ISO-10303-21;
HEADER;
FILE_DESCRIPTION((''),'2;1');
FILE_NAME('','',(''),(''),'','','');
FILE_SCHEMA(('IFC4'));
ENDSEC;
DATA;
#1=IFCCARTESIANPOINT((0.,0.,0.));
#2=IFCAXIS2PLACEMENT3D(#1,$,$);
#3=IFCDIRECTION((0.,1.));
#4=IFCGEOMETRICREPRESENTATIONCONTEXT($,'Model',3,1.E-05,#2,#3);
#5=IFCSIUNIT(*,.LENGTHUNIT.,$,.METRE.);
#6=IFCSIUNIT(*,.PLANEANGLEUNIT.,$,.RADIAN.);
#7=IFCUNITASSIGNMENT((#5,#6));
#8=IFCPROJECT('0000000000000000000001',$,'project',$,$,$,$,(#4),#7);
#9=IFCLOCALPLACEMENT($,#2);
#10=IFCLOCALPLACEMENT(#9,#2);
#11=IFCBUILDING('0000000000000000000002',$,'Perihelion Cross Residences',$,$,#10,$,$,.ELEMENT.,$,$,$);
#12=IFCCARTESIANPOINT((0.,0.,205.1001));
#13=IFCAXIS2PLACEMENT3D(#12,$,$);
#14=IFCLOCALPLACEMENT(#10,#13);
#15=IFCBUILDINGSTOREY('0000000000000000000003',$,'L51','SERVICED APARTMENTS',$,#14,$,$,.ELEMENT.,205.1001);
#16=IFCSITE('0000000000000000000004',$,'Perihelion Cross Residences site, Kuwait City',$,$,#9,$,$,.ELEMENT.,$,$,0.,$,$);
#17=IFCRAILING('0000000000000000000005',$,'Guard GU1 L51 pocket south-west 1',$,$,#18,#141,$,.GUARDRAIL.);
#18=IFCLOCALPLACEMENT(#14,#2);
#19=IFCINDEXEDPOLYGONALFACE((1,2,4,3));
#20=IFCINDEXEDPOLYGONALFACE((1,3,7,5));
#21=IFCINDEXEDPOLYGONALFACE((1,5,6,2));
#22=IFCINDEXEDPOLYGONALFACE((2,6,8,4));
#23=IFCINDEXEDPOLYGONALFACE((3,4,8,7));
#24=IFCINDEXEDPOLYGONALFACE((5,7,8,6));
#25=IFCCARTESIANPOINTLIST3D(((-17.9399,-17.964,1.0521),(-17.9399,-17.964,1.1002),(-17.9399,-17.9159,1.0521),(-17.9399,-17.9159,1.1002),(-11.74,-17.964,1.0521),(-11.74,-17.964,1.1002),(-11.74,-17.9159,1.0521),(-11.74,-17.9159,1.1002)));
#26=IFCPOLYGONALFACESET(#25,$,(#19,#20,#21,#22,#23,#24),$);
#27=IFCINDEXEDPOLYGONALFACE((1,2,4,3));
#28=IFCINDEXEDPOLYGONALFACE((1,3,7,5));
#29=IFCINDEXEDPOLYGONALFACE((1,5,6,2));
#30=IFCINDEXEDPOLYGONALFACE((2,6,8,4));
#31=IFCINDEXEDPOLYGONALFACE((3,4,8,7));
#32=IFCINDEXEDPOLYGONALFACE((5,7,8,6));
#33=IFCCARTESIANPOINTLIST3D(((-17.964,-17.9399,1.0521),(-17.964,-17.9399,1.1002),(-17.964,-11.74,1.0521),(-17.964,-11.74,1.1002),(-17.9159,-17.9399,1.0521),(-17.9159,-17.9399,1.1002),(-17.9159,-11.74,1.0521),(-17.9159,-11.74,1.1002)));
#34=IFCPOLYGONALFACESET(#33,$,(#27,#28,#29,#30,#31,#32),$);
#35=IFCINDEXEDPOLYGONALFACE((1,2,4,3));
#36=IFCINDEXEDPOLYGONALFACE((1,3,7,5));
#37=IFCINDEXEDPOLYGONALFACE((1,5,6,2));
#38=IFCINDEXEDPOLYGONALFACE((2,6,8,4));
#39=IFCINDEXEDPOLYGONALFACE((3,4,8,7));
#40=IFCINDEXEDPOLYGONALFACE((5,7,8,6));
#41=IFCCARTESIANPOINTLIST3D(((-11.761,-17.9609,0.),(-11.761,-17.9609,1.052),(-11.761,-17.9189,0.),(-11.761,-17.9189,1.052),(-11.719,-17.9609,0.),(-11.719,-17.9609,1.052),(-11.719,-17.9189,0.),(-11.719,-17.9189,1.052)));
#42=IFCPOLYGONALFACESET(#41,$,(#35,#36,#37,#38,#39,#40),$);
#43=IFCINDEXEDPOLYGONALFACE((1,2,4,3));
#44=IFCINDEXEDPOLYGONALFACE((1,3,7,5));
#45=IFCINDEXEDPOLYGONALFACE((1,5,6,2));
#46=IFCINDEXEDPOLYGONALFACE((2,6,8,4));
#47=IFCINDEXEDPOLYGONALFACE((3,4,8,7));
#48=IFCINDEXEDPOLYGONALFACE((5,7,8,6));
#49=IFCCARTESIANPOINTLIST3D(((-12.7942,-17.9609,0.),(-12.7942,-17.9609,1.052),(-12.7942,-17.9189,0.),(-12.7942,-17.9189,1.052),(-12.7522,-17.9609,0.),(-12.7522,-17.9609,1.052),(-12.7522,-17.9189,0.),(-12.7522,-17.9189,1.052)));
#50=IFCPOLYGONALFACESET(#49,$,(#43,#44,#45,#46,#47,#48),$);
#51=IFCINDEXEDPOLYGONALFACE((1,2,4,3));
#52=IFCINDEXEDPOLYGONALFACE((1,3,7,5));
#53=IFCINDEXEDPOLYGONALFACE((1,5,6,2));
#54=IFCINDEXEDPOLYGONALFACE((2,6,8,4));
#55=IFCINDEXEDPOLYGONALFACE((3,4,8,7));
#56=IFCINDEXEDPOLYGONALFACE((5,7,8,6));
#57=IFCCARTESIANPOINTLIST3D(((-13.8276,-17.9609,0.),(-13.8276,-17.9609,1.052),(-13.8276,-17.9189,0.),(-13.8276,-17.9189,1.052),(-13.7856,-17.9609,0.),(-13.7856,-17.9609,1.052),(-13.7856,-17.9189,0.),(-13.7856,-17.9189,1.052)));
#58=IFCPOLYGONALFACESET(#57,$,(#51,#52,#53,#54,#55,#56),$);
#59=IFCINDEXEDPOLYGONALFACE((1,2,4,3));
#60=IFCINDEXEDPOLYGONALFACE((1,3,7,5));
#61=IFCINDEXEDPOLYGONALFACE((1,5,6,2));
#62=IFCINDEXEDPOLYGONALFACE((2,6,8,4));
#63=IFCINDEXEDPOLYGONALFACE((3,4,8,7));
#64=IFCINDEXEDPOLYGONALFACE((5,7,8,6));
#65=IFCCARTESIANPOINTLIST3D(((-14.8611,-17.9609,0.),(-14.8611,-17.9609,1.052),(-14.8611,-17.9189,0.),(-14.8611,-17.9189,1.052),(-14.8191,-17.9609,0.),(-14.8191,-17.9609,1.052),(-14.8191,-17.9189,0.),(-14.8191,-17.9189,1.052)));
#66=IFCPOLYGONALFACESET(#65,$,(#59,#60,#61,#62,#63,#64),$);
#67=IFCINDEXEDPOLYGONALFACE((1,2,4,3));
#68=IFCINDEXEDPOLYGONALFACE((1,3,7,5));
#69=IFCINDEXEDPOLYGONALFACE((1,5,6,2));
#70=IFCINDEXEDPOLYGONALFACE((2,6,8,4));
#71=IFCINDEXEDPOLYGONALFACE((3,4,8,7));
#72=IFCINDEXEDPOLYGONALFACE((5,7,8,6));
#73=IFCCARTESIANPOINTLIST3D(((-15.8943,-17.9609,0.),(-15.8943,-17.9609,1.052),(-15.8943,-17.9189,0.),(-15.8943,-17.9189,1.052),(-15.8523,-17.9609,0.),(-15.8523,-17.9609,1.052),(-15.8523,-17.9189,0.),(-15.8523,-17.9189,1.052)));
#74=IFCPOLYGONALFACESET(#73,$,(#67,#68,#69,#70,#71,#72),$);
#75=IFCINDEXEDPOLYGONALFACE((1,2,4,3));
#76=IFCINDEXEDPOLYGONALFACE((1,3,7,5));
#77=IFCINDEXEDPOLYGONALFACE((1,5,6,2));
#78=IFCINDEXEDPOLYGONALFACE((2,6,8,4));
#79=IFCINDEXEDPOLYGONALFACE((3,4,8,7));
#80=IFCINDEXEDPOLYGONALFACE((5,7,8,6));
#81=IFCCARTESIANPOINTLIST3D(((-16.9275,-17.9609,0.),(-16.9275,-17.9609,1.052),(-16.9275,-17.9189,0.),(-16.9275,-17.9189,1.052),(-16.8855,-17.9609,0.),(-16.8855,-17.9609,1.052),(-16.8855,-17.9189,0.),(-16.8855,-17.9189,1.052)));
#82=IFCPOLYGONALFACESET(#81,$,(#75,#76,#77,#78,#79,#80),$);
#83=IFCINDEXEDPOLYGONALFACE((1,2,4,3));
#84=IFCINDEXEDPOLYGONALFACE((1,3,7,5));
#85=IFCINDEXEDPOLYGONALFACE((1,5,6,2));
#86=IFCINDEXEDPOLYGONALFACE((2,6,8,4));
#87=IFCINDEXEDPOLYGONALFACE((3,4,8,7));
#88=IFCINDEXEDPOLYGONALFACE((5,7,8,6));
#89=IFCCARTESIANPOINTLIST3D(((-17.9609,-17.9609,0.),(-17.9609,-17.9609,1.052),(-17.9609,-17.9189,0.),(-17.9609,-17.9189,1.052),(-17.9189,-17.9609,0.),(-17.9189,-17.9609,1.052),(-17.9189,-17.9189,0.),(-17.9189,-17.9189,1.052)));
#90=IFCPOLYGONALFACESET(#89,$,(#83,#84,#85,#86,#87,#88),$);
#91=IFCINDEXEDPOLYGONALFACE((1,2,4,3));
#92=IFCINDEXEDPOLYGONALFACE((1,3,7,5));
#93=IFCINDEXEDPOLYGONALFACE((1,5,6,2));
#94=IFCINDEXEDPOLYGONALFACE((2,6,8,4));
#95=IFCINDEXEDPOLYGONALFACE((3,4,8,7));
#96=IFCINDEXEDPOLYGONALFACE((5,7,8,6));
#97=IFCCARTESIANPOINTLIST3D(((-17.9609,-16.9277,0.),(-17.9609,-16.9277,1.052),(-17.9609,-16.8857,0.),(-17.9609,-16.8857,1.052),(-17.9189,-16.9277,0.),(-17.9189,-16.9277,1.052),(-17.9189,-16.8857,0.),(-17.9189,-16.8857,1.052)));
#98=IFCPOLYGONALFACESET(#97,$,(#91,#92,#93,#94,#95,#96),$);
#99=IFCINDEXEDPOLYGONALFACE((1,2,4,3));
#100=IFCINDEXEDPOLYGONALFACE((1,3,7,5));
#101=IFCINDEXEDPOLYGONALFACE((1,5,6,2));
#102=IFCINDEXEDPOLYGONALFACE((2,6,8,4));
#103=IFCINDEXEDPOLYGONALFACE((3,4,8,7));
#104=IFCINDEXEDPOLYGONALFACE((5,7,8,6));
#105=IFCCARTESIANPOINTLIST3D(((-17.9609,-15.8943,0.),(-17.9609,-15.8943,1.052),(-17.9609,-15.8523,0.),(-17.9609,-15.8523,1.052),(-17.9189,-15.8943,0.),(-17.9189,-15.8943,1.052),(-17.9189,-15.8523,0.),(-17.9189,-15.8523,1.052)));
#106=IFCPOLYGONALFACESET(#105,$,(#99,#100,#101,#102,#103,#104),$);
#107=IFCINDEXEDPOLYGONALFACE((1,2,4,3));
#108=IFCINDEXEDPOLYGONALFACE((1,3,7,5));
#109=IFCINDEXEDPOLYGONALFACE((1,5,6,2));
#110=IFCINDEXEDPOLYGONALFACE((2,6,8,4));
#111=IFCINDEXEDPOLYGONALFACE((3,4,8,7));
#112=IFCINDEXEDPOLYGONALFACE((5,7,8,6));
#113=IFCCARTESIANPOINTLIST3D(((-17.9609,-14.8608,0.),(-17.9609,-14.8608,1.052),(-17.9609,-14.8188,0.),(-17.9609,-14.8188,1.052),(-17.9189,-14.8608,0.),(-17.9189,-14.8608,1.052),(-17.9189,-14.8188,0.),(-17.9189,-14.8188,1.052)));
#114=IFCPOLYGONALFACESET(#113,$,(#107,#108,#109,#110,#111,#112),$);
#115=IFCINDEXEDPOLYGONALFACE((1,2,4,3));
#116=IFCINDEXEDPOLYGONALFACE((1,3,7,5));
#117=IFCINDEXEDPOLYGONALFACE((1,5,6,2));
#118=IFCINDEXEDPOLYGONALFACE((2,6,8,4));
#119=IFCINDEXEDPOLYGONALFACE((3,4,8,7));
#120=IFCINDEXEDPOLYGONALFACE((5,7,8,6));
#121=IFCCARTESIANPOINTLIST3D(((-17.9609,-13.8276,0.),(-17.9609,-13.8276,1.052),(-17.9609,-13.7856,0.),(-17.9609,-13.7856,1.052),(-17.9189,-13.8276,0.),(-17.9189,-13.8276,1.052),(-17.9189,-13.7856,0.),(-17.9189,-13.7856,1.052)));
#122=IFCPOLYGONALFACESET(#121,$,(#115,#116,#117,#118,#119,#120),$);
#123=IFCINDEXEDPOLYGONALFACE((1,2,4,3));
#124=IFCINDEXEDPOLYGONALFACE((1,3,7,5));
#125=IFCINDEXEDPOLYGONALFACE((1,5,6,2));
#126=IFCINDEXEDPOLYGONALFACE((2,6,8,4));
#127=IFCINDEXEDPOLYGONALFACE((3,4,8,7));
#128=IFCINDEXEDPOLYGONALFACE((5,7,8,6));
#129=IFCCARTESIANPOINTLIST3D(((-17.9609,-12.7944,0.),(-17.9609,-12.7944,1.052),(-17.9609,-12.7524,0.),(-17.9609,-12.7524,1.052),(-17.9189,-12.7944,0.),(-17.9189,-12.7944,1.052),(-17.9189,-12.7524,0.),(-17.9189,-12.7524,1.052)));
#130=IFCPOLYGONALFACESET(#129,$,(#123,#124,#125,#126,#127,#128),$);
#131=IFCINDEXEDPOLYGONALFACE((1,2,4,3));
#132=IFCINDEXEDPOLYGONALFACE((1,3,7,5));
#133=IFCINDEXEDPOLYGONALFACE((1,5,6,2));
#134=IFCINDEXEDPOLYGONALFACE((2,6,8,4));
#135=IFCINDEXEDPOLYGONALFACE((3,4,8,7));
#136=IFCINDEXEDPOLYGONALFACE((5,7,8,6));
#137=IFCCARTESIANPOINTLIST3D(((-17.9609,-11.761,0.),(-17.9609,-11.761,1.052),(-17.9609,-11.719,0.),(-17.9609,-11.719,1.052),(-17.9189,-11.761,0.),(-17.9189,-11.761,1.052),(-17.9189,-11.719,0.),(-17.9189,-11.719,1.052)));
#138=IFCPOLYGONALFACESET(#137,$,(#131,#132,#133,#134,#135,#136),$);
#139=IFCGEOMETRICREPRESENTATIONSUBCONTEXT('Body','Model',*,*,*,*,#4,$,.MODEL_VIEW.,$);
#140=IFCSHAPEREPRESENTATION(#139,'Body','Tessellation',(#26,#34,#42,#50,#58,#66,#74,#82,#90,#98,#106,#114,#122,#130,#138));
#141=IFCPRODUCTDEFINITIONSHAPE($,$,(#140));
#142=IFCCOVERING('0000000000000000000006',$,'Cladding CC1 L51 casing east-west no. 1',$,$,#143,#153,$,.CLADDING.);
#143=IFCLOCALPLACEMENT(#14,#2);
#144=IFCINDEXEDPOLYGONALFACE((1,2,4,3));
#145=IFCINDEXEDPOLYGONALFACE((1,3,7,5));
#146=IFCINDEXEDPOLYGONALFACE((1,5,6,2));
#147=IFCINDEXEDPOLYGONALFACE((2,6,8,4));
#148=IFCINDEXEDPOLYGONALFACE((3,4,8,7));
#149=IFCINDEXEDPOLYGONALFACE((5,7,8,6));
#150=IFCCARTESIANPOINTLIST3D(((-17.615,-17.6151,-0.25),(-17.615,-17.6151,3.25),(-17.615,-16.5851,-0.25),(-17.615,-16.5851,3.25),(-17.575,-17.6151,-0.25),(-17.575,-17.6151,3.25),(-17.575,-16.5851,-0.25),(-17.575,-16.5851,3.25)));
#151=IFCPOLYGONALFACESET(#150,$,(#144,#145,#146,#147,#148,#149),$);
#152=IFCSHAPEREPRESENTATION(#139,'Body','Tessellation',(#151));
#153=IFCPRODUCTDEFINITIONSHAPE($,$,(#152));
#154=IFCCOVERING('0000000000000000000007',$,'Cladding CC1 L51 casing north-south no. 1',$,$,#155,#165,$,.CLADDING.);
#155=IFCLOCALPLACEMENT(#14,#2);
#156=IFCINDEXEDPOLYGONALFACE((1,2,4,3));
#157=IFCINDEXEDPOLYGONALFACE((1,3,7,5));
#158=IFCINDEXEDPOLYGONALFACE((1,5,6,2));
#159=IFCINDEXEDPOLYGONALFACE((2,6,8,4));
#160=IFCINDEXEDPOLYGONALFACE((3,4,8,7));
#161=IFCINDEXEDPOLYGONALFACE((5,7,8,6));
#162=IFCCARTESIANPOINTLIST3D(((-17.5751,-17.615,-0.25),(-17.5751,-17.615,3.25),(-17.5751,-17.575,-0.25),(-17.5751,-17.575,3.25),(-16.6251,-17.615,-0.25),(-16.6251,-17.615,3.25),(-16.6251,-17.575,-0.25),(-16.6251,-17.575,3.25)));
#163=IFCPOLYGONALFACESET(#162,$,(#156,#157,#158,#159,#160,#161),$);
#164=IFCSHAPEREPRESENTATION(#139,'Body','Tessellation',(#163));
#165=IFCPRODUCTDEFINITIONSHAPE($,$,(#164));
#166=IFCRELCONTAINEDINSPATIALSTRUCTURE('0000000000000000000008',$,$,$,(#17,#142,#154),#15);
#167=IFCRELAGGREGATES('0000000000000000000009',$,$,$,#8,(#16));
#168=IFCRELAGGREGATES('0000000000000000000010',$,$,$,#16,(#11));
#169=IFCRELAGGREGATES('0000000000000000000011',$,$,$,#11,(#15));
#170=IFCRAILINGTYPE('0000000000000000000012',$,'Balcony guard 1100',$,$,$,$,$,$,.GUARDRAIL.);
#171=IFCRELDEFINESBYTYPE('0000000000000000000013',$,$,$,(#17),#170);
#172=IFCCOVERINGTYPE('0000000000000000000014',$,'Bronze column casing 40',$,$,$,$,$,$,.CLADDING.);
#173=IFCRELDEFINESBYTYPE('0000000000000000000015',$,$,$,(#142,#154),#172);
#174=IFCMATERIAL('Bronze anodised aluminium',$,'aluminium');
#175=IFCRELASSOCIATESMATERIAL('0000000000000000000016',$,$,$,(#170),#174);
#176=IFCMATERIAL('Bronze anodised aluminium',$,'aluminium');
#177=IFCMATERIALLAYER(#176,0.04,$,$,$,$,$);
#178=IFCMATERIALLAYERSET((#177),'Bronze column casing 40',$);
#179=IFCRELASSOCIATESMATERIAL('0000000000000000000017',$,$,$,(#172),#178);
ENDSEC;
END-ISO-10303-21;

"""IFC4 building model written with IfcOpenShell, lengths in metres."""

from ifc_helpers import new_model, si_unit, direction, frame, origin, origin_2d, place, context, subcontext, project, spatial, rectangle, extrude, material, layer, layer_set, type_object, element, save


model = new_model("IFC4")

# Units and contexts
model_context = context("Model", 3, precision=1e-05, world=origin(), true_north=direction((0.0, 1.0)))
body_context = subcontext(model_context, "Body", "Model", "MODEL_VIEW")
ifc_project = project(units=[si_unit("LENGTHUNIT", "METRE"), si_unit("PLANEANGLEUNIT", "RADIAN")], contexts=[model_context])

# Site, building, storey
site_placement = place(None, origin())
site = spatial("IfcSite", under=ifc_project, at=site_placement, Name="Perihelion Cross Residences site, Kuwait City", CompositionType="ELEMENT", RefElevation=0.0)
building_placement = place(site_placement, origin())
building = spatial("IfcBuilding", under=site, at=building_placement, Name="Perihelion Cross Residences", CompositionType="ELEMENT")
storey_placement = place(building_placement, frame((0.0, 0.0, 205.1001)))
storey = spatial("IfcBuildingStorey", under=building, at=storey_placement, Name="L51", Description="SERVICED APARTMENTS", CompositionType="ELEMENT", Elevation=205.1001)

# Railing
ifc_material_1 = material(Name="Bronze anodised aluminium", Category="aluminium")
railing_type = type_object("IfcRailingType", Name="Balcony guard 1100", PredefinedType="GUARDRAIL", material=ifc_material_1)
railing_placement = place(storey_placement, frame((-11.74, -17.9399, 0.0)))
element("IfcRailing", 1, at=railing_placement, inside=storey, type_object=railing_type, Name="Guard GU1 L51 pocket south-west 1", PredefinedType="GUARDRAIL", context=body_context, shape_type="SweptSolid", body=[
    extrude(rectangle(XDim=0.0481, YDim=0.0481, at=origin_2d()), frame((0.0, 0.0, 1.0762), z_axis=(-1.0, 0.0, 0.0), x_axis=(0.0, -1.0, 0.0)), (0.0, 0.0, 1.0), 6.2),
    extrude(rectangle(XDim=0.0481, YDim=0.0481, at=origin_2d()), frame((-6.2, 0.0, 1.0762), z_axis=(0.0, 1.0, 0.0), x_axis=(-1.0, 0.0, 0.0)), (0.0, 0.0, 1.0), 6.2),
    extrude(rectangle(XDim=0.042, YDim=0.042, at=origin_2d()), origin(), (0.0, 0.0, 1.0), 1.052),
    extrude(rectangle(XDim=0.042, YDim=0.042, at=origin_2d()), frame((-1.0332, 0.0, 0.0)), (0.0, 0.0, 1.0), 1.052),
    extrude(rectangle(XDim=0.042, YDim=0.042, at=origin_2d()), frame((-2.0667, 0.0, 0.0)), (0.0, 0.0, 1.0), 1.052),
    extrude(rectangle(XDim=0.042, YDim=0.042, at=origin_2d()), frame((-3.1001, 0.0, 0.0)), (0.0, 0.0, 1.0), 1.052),
    extrude(rectangle(XDim=0.042, YDim=0.042, at=origin_2d()), frame((-4.1333, 0.0, 0.0)), (0.0, 0.0, 1.0), 1.052),
    extrude(rectangle(XDim=0.042, YDim=0.042, at=origin_2d()), frame((-5.1665, 0.0, 0.0)), (0.0, 0.0, 1.0), 1.052),
    extrude(rectangle(XDim=0.042, YDim=0.042, at=origin_2d()), frame((-6.2, 0.0, 0.0)), (0.0, 0.0, 1.0), 1.052),
    extrude(rectangle(XDim=0.042, YDim=0.042, at=origin_2d()), frame((-6.2, 1.0332, 0.0)), (0.0, 0.0, 1.0), 1.052),
    extrude(rectangle(XDim=0.042, YDim=0.042, at=origin_2d()), frame((-6.2, 2.0667, 0.0)), (0.0, 0.0, 1.0), 1.052),
    extrude(rectangle(XDim=0.042, YDim=0.042, at=origin_2d()), frame((-6.2, 3.1001, 0.0)), (0.0, 0.0, 1.0), 1.052),
    extrude(rectangle(XDim=0.042, YDim=0.042, at=origin_2d()), frame((-6.2, 4.1333, 0.0)), (0.0, 0.0, 1.0), 1.052),
    extrude(rectangle(XDim=0.042, YDim=0.042, at=origin_2d()), frame((-6.2, 5.1665, 0.0)), (0.0, 0.0, 1.0), 1.052),
    extrude(rectangle(XDim=0.042, YDim=0.042, at=origin_2d()), frame((-6.2, 6.2, 0.0)), (0.0, 0.0, 1.0), 1.052),
])

# Coverings
ifc_material_2 = material(Name="Bronze anodised aluminium", Category="aluminium")
ifc_layer_1 = layer(ifc_material_2, 0.04)
ifc_layer_set_1 = layer_set([ifc_layer_1], Name="Bronze column casing 40")
covering_type = type_object("IfcCoveringType", Name="Bronze column casing 40", PredefinedType="CLADDING", material=ifc_layer_set_1)
covering_1_placement = place(storey_placement, frame((-17.595, -17.1001, -0.25), z_axis=(0.0, 0.0, 1.0), x_axis=(1.0, 0.0, 0.0)))
element("IfcCovering", 2, at=covering_1_placement, inside=storey, type_object=covering_type, Name="Cladding CC1 L51 casing east-west no. 1", PredefinedType="CLADDING", context=body_context, shape_type="SweptSolid", body=[
    extrude(rectangle(XDim=0.04, YDim=1.03, at=origin_2d()), origin(), (0.0, 0.0, 1.0), 3.5),
])
covering_2_placement = place(storey_placement, frame((-17.1001, -17.595, -0.25), z_axis=(0.0, 0.0, 1.0), x_axis=(1.0, 0.0, 0.0)))
element("IfcCovering", 3, at=covering_2_placement, inside=storey, type_object=covering_type, Name="Cladding CC1 L51 casing north-south no. 1", PredefinedType="CLADDING", context=body_context, shape_type="SweptSolid", body=[
    extrude(rectangle(XDim=0.95, YDim=0.04, at=origin_2d()), origin(), (0.0, 0.0, 1.0), 3.5),
])

save(model, "model.ifc")
